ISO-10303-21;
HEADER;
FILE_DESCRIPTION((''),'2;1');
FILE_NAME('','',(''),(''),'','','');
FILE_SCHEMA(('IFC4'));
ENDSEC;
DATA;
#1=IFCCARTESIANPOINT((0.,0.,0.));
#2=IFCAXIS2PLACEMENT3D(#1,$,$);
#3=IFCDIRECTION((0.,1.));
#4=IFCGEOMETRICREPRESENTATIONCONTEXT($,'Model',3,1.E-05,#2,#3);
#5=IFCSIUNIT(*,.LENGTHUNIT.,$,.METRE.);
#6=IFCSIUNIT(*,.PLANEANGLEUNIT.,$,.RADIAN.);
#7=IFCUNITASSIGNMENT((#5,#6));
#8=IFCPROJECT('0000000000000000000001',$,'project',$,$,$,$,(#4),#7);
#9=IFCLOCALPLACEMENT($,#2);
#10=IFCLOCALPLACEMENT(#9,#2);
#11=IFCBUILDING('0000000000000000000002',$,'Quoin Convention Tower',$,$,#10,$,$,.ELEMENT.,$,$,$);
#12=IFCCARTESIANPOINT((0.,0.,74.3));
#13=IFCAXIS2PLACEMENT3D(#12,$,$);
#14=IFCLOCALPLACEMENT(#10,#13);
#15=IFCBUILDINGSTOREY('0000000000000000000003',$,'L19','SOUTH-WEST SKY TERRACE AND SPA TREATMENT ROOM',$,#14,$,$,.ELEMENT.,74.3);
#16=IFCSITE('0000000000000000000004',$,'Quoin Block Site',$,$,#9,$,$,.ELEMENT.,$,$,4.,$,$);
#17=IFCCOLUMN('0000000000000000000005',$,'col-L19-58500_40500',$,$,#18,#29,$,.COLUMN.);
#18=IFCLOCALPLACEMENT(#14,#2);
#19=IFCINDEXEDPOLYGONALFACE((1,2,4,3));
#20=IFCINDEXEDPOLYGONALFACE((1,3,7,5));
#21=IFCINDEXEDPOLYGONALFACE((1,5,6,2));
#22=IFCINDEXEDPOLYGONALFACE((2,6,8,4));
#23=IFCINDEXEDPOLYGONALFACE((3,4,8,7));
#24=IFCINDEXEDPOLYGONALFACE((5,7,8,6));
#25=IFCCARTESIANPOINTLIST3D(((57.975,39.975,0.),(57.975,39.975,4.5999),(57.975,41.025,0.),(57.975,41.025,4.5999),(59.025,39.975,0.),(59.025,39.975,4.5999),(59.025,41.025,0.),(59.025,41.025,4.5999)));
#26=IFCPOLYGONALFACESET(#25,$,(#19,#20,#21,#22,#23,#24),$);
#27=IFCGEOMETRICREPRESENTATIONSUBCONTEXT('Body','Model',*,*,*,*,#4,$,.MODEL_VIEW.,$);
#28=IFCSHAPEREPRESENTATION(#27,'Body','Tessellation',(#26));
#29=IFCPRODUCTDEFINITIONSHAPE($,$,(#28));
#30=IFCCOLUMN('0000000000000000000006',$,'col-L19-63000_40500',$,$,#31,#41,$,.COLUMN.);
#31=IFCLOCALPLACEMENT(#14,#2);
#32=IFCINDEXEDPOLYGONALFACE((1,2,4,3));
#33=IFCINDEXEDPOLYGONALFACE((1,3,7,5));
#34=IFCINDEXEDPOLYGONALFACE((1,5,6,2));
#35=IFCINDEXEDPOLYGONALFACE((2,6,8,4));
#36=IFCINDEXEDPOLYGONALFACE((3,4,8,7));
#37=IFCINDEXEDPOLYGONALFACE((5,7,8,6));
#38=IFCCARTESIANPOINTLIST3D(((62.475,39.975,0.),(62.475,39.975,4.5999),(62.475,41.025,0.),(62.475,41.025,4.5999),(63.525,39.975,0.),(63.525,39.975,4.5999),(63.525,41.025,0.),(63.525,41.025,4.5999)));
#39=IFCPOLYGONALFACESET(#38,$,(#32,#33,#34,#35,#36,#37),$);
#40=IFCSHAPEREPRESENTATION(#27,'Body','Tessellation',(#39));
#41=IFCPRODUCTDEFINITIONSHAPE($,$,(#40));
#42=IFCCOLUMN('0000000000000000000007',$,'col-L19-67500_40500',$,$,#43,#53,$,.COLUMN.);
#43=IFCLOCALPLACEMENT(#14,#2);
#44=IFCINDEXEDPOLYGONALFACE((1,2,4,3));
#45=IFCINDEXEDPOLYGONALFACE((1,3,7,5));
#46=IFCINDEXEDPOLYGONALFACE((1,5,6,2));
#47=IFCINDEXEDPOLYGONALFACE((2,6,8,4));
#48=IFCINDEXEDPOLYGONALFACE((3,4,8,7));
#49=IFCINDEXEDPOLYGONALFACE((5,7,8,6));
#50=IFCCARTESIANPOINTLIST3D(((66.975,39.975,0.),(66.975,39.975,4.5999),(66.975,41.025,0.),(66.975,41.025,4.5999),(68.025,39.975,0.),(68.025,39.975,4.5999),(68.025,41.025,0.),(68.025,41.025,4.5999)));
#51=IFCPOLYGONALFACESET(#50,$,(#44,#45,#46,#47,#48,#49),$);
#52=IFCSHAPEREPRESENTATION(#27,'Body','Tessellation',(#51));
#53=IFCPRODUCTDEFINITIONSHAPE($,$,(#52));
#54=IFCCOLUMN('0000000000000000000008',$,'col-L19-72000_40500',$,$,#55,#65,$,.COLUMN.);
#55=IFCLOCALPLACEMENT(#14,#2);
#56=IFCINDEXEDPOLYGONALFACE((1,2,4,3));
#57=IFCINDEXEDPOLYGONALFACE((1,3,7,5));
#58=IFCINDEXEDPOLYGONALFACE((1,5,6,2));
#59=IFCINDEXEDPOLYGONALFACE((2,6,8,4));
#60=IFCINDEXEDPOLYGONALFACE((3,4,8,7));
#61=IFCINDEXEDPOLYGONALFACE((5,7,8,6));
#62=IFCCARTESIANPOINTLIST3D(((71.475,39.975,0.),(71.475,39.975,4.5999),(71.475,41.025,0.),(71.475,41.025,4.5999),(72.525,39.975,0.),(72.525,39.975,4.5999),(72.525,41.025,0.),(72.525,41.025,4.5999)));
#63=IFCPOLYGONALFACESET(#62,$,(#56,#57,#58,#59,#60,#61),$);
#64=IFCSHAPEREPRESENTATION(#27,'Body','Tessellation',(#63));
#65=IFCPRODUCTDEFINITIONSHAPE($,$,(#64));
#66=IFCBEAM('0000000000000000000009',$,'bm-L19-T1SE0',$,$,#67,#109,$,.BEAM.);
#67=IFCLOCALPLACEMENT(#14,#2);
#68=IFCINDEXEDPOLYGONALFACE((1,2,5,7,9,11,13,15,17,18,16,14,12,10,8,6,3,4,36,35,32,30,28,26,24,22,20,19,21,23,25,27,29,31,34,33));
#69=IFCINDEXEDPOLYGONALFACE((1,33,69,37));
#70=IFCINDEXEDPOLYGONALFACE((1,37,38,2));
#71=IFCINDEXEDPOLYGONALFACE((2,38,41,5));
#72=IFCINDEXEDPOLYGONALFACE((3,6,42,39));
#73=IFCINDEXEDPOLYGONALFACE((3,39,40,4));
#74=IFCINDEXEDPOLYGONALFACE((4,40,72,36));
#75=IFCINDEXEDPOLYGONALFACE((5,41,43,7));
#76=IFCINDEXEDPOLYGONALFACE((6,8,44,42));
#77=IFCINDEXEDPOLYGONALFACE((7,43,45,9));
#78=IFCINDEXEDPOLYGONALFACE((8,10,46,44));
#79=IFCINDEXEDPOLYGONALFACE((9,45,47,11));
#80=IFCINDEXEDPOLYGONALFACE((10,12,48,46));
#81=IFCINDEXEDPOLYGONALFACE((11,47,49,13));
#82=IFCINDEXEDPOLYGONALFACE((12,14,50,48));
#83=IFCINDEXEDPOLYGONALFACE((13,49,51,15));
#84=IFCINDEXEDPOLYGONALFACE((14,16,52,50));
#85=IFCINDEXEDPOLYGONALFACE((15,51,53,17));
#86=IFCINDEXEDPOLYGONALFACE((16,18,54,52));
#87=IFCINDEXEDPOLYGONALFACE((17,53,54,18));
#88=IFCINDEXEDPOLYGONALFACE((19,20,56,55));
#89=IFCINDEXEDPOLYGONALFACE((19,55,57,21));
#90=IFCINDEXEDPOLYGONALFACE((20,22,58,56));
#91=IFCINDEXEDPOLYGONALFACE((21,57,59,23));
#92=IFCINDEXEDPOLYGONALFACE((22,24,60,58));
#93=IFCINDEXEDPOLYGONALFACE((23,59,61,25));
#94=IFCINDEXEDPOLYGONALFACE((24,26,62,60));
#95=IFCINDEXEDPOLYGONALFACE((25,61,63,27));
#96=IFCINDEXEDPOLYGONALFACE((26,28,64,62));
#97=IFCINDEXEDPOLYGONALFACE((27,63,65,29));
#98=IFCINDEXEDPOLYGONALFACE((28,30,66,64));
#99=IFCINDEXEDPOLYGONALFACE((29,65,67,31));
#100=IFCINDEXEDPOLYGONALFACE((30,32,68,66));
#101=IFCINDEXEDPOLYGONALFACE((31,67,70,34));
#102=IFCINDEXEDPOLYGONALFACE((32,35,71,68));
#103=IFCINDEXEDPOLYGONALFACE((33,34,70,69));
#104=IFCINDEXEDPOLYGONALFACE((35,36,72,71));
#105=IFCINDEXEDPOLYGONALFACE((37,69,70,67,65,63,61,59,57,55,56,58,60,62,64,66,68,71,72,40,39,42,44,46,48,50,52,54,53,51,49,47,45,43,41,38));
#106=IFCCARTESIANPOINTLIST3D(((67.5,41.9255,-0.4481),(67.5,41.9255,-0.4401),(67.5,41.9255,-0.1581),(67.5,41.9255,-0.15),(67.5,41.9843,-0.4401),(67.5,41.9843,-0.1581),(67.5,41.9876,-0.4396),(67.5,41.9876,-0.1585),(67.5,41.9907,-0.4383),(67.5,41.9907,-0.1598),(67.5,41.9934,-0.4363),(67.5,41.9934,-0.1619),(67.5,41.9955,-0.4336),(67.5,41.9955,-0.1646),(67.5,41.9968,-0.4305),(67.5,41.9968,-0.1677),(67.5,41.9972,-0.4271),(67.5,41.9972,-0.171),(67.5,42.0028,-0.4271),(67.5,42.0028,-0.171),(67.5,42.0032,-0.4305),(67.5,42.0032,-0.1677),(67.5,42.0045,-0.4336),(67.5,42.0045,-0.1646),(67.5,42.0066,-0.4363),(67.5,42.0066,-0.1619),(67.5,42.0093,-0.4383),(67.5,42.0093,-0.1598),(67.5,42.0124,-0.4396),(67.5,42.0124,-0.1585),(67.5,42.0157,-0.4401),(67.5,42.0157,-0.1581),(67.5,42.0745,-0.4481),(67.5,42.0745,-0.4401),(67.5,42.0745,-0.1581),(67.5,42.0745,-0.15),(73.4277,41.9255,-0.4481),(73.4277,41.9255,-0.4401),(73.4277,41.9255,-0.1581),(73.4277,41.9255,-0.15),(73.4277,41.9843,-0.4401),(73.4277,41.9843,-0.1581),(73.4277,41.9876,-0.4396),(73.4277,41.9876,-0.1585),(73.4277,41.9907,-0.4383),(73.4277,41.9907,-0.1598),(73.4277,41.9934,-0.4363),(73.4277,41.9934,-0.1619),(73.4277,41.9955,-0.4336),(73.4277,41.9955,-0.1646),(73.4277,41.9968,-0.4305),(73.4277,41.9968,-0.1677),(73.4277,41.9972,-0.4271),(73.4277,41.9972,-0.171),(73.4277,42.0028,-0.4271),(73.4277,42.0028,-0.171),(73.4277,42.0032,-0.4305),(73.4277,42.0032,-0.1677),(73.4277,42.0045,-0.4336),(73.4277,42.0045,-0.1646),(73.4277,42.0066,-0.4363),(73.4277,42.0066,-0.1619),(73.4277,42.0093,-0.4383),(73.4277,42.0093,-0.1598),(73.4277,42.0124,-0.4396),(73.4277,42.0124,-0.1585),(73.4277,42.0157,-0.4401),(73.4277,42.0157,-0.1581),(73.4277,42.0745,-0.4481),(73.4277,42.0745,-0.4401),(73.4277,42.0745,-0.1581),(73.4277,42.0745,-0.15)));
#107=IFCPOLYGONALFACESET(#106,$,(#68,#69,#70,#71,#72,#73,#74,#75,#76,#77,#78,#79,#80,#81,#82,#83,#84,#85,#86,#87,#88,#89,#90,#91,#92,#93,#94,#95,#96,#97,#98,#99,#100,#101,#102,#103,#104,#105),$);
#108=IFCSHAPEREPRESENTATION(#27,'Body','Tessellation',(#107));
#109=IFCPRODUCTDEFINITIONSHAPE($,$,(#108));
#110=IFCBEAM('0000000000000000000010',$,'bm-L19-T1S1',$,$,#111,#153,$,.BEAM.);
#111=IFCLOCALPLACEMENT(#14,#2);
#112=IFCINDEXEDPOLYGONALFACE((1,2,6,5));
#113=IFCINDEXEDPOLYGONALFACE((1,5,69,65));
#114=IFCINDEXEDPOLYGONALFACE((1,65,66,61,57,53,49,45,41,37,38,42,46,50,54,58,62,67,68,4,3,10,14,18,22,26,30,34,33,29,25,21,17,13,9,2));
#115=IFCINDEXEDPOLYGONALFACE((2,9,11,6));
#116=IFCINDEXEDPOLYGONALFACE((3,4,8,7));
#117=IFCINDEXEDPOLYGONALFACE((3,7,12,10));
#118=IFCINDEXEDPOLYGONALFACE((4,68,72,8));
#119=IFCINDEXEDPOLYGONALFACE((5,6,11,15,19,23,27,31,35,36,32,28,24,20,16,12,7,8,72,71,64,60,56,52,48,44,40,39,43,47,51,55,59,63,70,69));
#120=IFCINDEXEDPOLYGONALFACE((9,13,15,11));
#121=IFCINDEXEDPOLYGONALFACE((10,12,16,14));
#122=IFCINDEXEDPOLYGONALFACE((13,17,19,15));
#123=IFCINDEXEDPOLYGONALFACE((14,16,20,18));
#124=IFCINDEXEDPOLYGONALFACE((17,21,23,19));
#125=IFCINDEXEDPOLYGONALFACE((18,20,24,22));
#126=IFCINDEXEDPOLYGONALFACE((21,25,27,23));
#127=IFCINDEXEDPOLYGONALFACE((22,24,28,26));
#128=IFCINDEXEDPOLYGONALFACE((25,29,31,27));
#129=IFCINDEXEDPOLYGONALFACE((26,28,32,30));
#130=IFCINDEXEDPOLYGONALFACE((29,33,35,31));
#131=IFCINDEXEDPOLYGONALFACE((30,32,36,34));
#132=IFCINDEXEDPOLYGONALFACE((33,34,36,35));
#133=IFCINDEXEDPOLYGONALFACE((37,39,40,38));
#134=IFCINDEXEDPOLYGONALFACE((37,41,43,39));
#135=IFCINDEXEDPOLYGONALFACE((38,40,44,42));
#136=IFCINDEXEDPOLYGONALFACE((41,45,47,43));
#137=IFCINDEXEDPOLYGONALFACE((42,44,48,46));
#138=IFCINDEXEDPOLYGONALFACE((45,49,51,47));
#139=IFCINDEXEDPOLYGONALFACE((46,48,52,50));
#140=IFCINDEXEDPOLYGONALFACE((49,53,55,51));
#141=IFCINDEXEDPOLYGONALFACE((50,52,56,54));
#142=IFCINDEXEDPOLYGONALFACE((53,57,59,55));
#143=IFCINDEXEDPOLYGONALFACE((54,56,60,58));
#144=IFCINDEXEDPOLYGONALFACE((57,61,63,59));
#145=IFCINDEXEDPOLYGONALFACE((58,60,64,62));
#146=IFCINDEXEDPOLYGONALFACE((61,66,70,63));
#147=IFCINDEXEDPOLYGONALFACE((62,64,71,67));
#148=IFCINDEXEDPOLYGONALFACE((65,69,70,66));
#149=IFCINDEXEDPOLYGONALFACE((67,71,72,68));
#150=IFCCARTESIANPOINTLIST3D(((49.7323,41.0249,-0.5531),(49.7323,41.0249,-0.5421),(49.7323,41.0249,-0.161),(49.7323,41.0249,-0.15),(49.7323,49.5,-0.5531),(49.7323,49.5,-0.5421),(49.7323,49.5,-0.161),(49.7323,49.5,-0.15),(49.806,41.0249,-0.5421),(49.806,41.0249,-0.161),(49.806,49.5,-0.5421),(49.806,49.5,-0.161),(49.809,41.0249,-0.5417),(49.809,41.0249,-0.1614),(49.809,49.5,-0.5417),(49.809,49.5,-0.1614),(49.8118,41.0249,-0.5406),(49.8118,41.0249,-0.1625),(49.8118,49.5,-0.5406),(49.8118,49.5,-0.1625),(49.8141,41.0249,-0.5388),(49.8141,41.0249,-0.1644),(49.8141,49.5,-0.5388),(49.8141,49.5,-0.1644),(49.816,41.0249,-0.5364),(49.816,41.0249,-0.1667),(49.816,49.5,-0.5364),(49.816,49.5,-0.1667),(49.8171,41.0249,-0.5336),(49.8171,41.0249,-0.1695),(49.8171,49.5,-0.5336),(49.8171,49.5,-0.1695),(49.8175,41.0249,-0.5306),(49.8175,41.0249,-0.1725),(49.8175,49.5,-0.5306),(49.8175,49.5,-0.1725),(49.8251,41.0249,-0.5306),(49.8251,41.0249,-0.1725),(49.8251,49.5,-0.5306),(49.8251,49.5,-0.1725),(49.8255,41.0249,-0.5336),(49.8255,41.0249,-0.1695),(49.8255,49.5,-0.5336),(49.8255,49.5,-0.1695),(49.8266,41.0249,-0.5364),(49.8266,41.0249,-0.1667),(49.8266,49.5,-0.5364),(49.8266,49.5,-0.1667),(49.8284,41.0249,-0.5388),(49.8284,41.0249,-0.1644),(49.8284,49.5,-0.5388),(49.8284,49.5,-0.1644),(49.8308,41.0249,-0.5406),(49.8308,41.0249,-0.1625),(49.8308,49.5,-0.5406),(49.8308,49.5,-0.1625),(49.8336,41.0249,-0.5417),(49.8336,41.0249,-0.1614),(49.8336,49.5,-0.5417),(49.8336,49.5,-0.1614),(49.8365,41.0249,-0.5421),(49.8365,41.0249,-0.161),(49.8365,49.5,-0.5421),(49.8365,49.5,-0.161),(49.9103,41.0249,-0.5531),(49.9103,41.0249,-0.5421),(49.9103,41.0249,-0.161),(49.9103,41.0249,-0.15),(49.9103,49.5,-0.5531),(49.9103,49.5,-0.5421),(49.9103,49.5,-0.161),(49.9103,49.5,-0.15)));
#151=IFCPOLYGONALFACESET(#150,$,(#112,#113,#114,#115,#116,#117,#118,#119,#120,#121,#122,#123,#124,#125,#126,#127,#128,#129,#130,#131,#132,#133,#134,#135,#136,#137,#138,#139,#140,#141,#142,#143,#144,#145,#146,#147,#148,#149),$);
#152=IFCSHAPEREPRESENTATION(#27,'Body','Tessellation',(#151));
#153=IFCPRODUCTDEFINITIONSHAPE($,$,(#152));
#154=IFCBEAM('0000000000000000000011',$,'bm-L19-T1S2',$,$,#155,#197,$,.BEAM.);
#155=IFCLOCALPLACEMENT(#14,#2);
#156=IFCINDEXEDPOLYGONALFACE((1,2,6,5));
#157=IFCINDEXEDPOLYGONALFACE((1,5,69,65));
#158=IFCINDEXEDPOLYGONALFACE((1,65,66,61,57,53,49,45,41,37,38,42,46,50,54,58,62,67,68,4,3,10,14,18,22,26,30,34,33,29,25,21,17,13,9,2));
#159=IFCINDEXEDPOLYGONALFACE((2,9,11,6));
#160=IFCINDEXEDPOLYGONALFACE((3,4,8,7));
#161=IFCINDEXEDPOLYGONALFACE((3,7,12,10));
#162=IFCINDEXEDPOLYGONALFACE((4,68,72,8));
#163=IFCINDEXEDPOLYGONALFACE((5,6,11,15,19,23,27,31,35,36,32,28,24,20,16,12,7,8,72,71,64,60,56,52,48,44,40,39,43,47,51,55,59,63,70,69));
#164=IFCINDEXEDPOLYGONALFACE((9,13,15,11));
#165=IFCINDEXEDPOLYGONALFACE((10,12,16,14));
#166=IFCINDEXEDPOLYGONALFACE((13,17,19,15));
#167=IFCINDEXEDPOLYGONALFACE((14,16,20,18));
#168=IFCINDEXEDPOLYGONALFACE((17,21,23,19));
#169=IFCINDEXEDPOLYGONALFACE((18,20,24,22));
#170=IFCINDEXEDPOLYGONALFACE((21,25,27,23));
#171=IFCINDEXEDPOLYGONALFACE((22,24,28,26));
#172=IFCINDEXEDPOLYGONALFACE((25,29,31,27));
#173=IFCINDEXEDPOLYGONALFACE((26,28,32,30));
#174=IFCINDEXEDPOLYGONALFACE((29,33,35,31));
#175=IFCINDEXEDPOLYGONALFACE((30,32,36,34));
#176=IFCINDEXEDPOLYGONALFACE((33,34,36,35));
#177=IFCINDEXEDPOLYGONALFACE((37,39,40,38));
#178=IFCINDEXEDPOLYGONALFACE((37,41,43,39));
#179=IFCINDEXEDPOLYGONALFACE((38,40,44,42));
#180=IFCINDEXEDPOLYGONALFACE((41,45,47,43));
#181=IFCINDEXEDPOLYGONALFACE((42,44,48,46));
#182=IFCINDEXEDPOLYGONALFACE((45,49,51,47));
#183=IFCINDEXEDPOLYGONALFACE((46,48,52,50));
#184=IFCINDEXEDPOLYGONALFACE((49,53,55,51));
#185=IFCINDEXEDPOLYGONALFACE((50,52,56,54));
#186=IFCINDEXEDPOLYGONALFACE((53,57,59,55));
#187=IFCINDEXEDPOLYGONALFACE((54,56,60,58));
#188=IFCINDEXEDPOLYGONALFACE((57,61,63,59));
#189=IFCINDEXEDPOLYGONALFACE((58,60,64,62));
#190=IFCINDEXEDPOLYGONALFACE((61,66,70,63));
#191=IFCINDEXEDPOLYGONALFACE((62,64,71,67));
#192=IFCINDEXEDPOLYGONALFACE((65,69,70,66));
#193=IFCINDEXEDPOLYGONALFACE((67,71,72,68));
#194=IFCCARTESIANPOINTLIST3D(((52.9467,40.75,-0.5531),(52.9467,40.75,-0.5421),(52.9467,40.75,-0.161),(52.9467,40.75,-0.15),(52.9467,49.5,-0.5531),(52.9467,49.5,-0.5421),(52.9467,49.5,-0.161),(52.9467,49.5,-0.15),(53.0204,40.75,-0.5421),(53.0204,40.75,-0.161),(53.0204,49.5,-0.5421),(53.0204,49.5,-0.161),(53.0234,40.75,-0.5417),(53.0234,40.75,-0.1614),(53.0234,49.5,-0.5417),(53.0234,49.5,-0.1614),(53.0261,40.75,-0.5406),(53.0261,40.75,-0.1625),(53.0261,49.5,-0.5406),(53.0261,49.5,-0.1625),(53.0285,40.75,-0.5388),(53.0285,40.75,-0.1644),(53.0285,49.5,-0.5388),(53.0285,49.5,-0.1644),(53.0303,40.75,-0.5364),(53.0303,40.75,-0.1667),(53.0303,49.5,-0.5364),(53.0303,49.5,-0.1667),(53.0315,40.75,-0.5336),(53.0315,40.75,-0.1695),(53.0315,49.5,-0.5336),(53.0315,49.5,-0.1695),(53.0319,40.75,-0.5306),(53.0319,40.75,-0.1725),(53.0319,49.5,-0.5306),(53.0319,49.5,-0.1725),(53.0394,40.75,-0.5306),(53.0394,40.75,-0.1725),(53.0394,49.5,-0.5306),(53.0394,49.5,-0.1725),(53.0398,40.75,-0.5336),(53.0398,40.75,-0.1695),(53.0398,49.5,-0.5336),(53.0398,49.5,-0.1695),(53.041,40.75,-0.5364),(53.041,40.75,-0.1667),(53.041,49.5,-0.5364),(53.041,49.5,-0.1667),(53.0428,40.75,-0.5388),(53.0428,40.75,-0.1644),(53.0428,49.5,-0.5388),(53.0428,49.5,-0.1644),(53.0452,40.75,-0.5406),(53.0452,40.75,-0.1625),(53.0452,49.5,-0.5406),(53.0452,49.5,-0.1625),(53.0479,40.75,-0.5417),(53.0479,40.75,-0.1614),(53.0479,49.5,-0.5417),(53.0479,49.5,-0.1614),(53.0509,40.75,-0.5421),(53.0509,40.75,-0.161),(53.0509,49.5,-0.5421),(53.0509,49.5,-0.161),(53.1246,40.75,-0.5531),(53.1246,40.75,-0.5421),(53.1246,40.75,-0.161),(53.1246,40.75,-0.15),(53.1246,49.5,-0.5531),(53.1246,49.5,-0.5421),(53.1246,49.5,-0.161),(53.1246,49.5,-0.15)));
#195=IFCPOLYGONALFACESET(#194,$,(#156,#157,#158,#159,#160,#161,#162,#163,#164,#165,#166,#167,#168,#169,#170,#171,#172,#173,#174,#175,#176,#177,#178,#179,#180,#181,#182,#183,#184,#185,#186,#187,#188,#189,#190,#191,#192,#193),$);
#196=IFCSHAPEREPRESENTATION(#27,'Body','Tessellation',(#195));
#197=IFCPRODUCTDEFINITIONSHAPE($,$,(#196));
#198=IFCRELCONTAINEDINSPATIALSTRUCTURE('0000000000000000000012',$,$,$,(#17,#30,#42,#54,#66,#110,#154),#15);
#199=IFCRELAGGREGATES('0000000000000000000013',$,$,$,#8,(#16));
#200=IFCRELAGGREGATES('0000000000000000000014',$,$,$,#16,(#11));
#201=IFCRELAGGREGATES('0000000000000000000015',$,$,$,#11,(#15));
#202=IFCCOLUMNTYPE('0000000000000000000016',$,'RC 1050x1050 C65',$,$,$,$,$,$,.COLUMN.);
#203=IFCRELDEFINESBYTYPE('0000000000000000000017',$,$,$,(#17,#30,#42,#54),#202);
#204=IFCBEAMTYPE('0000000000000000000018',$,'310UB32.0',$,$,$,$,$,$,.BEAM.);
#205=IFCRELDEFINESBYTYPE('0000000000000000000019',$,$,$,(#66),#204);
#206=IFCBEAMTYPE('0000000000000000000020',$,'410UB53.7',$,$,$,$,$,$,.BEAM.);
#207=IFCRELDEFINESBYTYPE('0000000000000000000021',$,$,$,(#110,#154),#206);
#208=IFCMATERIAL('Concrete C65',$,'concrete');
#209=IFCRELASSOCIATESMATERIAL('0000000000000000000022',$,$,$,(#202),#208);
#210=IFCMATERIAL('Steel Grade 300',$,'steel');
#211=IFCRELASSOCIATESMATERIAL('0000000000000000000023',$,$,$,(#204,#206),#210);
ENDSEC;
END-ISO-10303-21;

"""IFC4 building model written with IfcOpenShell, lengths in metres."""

from ifc_helpers import new_model, si_unit, direction, frame, origin, origin_2d, place, context, subcontext, project, spatial, rectangle, i_section, extrude, material, material_profile, profile_set, type_object, element, save


model = new_model("IFC4")

# Units and contexts
model_context = context("Model", 3, precision=1e-05, world=origin(), true_north=direction((0.0, 1.0)))
body_context = subcontext(model_context, "Body", "Model", "MODEL_VIEW")
ifc_project = project(units=[si_unit("LENGTHUNIT", "METRE"), si_unit("PLANEANGLEUNIT", "RADIAN")], contexts=[model_context])

# Site, building, storey
site_placement = place(None, origin())
site = spatial("IfcSite", under=ifc_project, at=site_placement, Name="Quoin Block Site", CompositionType="ELEMENT", RefElevation=4.0)
building_placement = place(site_placement, origin())
building = spatial("IfcBuilding", under=site, at=building_placement, Name="Quoin Convention Tower", CompositionType="ELEMENT")
storey_placement = place(building_placement, frame((0.0, 0.0, 74.3)))
storey = spatial("IfcBuildingStorey", under=building, at=storey_placement, Name="L19", Description="SOUTH-WEST SKY TERRACE AND SPA TREATMENT ROOM", CompositionType="ELEMENT", Elevation=74.3)

# Columns
ifc_material_1 = material(Name="Concrete C65", Category="concrete")
ifc_material_profile_1 = material_profile(ifc_material_1, rectangle(XDim=1.05, YDim=1.05, at=origin_2d()), Name="RC 1050x1050")
ifc_profile_set_1 = profile_set([ifc_material_profile_1], Name="Concrete C65")
column_type = type_object("IfcColumnType", Name="RC 1050x1050 C65", PredefinedType="COLUMN", material=ifc_profile_set_1)
for number, where, z_axis, x_axis, name in (
    (1, (58.5, 40.5, 0.0), (0.0, 0.0, 1.0), (1.0, 0.0, 0.0), "col-L19-58500_40500"),
    (2, (63.0, 40.5, 0.0), (0.0, 0.0, 1.0), (1.0, 0.0, 0.0), "col-L19-63000_40500"),
    (3, (67.5, 40.5, 0.0), (0.0, 0.0, 1.0), (1.0, 0.0, 0.0), "col-L19-67500_40500"),
    (4, (72.0, 40.5, 0.0), (0.0, 0.0, 1.0), (1.0, 0.0, 0.0), "col-L19-72000_40500"),
):
    element("IfcColumn", number, at=place(storey_placement, frame(where, z_axis=z_axis, x_axis=x_axis)), inside=storey, type_object=column_type, Name=name, PredefinedType="COLUMN", context=body_context, shape_type="SweptSolid", body=[
        extrude(rectangle(XDim=1.05, YDim=1.05, at=origin_2d()), origin(), (0.0, 0.0, 1.0), 4.5999),
    ])

# Beams
ifc_material_2 = material(Name="Steel Grade 300", Category="steel")
ifc_material_profile_2 = material_profile(ifc_material_2, i_section(OverallWidth=0.1489, OverallDepth=0.2981, WebThickness=0.0056, FlangeThickness=0.0081, FilletRadius=0.0129, at=origin_2d()), Name="310UB32.0")
ifc_profile_set_2 = profile_set([ifc_material_profile_2], Name="Steel Grade 300")
beam_type_1 = type_object("IfcBeamType", Name="310UB32.0", PredefinedType="BEAM", material=ifc_profile_set_2)
beam_1_placement = place(storey_placement, frame((67.5, 42.0, -0.2991), z_axis=(1.0, 0.0, 0.0), x_axis=(0.0, 1.0, 0.0)))
element("IfcBeam", 5, at=beam_1_placement, inside=storey, type_object=beam_type_1, Name="bm-L19-T1SE0", PredefinedType="BEAM", context=body_context, shape_type="SweptSolid", body=[
    extrude(i_section(OverallWidth=0.1489, OverallDepth=0.2981, WebThickness=0.0056, FlangeThickness=0.0081, FilletRadius=0.0129, at=origin_2d()), origin(), (0.0, 0.0, 1.0), 5.9277),
])
ifc_material_profile_3 = material_profile(ifc_material_2, i_section(OverallWidth=0.178, OverallDepth=0.4031, WebThickness=0.0076, FlangeThickness=0.011, FilletRadius=0.0115, at=origin_2d()), Name="410UB53.7")
ifc_profile_set_3 = profile_set([ifc_material_profile_3], Name="Steel Grade 300")
beam_type_2 = type_object("IfcBeamType", Name="410UB53.7", PredefinedType="BEAM", material=ifc_profile_set_3)
beam_2_placement = place(storey_placement, frame((49.8213, 41.0249, -0.3516), z_axis=(0.0, 1.0, 0.0), x_axis=(-1.0, 0.0, 0.0)))
element("IfcBeam", 6, at=beam_2_placement, inside=storey, type_object=beam_type_2, Name="bm-L19-T1S1", PredefinedType="BEAM", context=body_context, shape_type="SweptSolid", body=[
    extrude(i_section(OverallWidth=0.178, OverallDepth=0.4031, WebThickness=0.0076, FlangeThickness=0.011, FilletRadius=0.0115, at=origin_2d()), origin(), (0.0, 0.0, 1.0), 8.4751),
])
for number, where, z_axis, x_axis, name in (
    (7, (53.0356, 40.75, -0.3516), (0.0, 1.0, 0.0), (-1.0, 0.0, 0.0), "bm-L19-T1S2"),
):
    element("IfcBeam", number, at=place(storey_placement, frame(where, z_axis=z_axis, x_axis=x_axis)), inside=storey, type_object=beam_type_2, Name=name, PredefinedType="BEAM", context=body_context, shape_type="SweptSolid", body=[
        extrude(i_section(OverallWidth=0.178, OverallDepth=0.4031, WebThickness=0.0076, FlangeThickness=0.011, FilletRadius=0.0115, at=origin_2d()), origin(), (0.0, 0.0, 1.0), 8.75),
    ])

save(model, "model.ifc")
